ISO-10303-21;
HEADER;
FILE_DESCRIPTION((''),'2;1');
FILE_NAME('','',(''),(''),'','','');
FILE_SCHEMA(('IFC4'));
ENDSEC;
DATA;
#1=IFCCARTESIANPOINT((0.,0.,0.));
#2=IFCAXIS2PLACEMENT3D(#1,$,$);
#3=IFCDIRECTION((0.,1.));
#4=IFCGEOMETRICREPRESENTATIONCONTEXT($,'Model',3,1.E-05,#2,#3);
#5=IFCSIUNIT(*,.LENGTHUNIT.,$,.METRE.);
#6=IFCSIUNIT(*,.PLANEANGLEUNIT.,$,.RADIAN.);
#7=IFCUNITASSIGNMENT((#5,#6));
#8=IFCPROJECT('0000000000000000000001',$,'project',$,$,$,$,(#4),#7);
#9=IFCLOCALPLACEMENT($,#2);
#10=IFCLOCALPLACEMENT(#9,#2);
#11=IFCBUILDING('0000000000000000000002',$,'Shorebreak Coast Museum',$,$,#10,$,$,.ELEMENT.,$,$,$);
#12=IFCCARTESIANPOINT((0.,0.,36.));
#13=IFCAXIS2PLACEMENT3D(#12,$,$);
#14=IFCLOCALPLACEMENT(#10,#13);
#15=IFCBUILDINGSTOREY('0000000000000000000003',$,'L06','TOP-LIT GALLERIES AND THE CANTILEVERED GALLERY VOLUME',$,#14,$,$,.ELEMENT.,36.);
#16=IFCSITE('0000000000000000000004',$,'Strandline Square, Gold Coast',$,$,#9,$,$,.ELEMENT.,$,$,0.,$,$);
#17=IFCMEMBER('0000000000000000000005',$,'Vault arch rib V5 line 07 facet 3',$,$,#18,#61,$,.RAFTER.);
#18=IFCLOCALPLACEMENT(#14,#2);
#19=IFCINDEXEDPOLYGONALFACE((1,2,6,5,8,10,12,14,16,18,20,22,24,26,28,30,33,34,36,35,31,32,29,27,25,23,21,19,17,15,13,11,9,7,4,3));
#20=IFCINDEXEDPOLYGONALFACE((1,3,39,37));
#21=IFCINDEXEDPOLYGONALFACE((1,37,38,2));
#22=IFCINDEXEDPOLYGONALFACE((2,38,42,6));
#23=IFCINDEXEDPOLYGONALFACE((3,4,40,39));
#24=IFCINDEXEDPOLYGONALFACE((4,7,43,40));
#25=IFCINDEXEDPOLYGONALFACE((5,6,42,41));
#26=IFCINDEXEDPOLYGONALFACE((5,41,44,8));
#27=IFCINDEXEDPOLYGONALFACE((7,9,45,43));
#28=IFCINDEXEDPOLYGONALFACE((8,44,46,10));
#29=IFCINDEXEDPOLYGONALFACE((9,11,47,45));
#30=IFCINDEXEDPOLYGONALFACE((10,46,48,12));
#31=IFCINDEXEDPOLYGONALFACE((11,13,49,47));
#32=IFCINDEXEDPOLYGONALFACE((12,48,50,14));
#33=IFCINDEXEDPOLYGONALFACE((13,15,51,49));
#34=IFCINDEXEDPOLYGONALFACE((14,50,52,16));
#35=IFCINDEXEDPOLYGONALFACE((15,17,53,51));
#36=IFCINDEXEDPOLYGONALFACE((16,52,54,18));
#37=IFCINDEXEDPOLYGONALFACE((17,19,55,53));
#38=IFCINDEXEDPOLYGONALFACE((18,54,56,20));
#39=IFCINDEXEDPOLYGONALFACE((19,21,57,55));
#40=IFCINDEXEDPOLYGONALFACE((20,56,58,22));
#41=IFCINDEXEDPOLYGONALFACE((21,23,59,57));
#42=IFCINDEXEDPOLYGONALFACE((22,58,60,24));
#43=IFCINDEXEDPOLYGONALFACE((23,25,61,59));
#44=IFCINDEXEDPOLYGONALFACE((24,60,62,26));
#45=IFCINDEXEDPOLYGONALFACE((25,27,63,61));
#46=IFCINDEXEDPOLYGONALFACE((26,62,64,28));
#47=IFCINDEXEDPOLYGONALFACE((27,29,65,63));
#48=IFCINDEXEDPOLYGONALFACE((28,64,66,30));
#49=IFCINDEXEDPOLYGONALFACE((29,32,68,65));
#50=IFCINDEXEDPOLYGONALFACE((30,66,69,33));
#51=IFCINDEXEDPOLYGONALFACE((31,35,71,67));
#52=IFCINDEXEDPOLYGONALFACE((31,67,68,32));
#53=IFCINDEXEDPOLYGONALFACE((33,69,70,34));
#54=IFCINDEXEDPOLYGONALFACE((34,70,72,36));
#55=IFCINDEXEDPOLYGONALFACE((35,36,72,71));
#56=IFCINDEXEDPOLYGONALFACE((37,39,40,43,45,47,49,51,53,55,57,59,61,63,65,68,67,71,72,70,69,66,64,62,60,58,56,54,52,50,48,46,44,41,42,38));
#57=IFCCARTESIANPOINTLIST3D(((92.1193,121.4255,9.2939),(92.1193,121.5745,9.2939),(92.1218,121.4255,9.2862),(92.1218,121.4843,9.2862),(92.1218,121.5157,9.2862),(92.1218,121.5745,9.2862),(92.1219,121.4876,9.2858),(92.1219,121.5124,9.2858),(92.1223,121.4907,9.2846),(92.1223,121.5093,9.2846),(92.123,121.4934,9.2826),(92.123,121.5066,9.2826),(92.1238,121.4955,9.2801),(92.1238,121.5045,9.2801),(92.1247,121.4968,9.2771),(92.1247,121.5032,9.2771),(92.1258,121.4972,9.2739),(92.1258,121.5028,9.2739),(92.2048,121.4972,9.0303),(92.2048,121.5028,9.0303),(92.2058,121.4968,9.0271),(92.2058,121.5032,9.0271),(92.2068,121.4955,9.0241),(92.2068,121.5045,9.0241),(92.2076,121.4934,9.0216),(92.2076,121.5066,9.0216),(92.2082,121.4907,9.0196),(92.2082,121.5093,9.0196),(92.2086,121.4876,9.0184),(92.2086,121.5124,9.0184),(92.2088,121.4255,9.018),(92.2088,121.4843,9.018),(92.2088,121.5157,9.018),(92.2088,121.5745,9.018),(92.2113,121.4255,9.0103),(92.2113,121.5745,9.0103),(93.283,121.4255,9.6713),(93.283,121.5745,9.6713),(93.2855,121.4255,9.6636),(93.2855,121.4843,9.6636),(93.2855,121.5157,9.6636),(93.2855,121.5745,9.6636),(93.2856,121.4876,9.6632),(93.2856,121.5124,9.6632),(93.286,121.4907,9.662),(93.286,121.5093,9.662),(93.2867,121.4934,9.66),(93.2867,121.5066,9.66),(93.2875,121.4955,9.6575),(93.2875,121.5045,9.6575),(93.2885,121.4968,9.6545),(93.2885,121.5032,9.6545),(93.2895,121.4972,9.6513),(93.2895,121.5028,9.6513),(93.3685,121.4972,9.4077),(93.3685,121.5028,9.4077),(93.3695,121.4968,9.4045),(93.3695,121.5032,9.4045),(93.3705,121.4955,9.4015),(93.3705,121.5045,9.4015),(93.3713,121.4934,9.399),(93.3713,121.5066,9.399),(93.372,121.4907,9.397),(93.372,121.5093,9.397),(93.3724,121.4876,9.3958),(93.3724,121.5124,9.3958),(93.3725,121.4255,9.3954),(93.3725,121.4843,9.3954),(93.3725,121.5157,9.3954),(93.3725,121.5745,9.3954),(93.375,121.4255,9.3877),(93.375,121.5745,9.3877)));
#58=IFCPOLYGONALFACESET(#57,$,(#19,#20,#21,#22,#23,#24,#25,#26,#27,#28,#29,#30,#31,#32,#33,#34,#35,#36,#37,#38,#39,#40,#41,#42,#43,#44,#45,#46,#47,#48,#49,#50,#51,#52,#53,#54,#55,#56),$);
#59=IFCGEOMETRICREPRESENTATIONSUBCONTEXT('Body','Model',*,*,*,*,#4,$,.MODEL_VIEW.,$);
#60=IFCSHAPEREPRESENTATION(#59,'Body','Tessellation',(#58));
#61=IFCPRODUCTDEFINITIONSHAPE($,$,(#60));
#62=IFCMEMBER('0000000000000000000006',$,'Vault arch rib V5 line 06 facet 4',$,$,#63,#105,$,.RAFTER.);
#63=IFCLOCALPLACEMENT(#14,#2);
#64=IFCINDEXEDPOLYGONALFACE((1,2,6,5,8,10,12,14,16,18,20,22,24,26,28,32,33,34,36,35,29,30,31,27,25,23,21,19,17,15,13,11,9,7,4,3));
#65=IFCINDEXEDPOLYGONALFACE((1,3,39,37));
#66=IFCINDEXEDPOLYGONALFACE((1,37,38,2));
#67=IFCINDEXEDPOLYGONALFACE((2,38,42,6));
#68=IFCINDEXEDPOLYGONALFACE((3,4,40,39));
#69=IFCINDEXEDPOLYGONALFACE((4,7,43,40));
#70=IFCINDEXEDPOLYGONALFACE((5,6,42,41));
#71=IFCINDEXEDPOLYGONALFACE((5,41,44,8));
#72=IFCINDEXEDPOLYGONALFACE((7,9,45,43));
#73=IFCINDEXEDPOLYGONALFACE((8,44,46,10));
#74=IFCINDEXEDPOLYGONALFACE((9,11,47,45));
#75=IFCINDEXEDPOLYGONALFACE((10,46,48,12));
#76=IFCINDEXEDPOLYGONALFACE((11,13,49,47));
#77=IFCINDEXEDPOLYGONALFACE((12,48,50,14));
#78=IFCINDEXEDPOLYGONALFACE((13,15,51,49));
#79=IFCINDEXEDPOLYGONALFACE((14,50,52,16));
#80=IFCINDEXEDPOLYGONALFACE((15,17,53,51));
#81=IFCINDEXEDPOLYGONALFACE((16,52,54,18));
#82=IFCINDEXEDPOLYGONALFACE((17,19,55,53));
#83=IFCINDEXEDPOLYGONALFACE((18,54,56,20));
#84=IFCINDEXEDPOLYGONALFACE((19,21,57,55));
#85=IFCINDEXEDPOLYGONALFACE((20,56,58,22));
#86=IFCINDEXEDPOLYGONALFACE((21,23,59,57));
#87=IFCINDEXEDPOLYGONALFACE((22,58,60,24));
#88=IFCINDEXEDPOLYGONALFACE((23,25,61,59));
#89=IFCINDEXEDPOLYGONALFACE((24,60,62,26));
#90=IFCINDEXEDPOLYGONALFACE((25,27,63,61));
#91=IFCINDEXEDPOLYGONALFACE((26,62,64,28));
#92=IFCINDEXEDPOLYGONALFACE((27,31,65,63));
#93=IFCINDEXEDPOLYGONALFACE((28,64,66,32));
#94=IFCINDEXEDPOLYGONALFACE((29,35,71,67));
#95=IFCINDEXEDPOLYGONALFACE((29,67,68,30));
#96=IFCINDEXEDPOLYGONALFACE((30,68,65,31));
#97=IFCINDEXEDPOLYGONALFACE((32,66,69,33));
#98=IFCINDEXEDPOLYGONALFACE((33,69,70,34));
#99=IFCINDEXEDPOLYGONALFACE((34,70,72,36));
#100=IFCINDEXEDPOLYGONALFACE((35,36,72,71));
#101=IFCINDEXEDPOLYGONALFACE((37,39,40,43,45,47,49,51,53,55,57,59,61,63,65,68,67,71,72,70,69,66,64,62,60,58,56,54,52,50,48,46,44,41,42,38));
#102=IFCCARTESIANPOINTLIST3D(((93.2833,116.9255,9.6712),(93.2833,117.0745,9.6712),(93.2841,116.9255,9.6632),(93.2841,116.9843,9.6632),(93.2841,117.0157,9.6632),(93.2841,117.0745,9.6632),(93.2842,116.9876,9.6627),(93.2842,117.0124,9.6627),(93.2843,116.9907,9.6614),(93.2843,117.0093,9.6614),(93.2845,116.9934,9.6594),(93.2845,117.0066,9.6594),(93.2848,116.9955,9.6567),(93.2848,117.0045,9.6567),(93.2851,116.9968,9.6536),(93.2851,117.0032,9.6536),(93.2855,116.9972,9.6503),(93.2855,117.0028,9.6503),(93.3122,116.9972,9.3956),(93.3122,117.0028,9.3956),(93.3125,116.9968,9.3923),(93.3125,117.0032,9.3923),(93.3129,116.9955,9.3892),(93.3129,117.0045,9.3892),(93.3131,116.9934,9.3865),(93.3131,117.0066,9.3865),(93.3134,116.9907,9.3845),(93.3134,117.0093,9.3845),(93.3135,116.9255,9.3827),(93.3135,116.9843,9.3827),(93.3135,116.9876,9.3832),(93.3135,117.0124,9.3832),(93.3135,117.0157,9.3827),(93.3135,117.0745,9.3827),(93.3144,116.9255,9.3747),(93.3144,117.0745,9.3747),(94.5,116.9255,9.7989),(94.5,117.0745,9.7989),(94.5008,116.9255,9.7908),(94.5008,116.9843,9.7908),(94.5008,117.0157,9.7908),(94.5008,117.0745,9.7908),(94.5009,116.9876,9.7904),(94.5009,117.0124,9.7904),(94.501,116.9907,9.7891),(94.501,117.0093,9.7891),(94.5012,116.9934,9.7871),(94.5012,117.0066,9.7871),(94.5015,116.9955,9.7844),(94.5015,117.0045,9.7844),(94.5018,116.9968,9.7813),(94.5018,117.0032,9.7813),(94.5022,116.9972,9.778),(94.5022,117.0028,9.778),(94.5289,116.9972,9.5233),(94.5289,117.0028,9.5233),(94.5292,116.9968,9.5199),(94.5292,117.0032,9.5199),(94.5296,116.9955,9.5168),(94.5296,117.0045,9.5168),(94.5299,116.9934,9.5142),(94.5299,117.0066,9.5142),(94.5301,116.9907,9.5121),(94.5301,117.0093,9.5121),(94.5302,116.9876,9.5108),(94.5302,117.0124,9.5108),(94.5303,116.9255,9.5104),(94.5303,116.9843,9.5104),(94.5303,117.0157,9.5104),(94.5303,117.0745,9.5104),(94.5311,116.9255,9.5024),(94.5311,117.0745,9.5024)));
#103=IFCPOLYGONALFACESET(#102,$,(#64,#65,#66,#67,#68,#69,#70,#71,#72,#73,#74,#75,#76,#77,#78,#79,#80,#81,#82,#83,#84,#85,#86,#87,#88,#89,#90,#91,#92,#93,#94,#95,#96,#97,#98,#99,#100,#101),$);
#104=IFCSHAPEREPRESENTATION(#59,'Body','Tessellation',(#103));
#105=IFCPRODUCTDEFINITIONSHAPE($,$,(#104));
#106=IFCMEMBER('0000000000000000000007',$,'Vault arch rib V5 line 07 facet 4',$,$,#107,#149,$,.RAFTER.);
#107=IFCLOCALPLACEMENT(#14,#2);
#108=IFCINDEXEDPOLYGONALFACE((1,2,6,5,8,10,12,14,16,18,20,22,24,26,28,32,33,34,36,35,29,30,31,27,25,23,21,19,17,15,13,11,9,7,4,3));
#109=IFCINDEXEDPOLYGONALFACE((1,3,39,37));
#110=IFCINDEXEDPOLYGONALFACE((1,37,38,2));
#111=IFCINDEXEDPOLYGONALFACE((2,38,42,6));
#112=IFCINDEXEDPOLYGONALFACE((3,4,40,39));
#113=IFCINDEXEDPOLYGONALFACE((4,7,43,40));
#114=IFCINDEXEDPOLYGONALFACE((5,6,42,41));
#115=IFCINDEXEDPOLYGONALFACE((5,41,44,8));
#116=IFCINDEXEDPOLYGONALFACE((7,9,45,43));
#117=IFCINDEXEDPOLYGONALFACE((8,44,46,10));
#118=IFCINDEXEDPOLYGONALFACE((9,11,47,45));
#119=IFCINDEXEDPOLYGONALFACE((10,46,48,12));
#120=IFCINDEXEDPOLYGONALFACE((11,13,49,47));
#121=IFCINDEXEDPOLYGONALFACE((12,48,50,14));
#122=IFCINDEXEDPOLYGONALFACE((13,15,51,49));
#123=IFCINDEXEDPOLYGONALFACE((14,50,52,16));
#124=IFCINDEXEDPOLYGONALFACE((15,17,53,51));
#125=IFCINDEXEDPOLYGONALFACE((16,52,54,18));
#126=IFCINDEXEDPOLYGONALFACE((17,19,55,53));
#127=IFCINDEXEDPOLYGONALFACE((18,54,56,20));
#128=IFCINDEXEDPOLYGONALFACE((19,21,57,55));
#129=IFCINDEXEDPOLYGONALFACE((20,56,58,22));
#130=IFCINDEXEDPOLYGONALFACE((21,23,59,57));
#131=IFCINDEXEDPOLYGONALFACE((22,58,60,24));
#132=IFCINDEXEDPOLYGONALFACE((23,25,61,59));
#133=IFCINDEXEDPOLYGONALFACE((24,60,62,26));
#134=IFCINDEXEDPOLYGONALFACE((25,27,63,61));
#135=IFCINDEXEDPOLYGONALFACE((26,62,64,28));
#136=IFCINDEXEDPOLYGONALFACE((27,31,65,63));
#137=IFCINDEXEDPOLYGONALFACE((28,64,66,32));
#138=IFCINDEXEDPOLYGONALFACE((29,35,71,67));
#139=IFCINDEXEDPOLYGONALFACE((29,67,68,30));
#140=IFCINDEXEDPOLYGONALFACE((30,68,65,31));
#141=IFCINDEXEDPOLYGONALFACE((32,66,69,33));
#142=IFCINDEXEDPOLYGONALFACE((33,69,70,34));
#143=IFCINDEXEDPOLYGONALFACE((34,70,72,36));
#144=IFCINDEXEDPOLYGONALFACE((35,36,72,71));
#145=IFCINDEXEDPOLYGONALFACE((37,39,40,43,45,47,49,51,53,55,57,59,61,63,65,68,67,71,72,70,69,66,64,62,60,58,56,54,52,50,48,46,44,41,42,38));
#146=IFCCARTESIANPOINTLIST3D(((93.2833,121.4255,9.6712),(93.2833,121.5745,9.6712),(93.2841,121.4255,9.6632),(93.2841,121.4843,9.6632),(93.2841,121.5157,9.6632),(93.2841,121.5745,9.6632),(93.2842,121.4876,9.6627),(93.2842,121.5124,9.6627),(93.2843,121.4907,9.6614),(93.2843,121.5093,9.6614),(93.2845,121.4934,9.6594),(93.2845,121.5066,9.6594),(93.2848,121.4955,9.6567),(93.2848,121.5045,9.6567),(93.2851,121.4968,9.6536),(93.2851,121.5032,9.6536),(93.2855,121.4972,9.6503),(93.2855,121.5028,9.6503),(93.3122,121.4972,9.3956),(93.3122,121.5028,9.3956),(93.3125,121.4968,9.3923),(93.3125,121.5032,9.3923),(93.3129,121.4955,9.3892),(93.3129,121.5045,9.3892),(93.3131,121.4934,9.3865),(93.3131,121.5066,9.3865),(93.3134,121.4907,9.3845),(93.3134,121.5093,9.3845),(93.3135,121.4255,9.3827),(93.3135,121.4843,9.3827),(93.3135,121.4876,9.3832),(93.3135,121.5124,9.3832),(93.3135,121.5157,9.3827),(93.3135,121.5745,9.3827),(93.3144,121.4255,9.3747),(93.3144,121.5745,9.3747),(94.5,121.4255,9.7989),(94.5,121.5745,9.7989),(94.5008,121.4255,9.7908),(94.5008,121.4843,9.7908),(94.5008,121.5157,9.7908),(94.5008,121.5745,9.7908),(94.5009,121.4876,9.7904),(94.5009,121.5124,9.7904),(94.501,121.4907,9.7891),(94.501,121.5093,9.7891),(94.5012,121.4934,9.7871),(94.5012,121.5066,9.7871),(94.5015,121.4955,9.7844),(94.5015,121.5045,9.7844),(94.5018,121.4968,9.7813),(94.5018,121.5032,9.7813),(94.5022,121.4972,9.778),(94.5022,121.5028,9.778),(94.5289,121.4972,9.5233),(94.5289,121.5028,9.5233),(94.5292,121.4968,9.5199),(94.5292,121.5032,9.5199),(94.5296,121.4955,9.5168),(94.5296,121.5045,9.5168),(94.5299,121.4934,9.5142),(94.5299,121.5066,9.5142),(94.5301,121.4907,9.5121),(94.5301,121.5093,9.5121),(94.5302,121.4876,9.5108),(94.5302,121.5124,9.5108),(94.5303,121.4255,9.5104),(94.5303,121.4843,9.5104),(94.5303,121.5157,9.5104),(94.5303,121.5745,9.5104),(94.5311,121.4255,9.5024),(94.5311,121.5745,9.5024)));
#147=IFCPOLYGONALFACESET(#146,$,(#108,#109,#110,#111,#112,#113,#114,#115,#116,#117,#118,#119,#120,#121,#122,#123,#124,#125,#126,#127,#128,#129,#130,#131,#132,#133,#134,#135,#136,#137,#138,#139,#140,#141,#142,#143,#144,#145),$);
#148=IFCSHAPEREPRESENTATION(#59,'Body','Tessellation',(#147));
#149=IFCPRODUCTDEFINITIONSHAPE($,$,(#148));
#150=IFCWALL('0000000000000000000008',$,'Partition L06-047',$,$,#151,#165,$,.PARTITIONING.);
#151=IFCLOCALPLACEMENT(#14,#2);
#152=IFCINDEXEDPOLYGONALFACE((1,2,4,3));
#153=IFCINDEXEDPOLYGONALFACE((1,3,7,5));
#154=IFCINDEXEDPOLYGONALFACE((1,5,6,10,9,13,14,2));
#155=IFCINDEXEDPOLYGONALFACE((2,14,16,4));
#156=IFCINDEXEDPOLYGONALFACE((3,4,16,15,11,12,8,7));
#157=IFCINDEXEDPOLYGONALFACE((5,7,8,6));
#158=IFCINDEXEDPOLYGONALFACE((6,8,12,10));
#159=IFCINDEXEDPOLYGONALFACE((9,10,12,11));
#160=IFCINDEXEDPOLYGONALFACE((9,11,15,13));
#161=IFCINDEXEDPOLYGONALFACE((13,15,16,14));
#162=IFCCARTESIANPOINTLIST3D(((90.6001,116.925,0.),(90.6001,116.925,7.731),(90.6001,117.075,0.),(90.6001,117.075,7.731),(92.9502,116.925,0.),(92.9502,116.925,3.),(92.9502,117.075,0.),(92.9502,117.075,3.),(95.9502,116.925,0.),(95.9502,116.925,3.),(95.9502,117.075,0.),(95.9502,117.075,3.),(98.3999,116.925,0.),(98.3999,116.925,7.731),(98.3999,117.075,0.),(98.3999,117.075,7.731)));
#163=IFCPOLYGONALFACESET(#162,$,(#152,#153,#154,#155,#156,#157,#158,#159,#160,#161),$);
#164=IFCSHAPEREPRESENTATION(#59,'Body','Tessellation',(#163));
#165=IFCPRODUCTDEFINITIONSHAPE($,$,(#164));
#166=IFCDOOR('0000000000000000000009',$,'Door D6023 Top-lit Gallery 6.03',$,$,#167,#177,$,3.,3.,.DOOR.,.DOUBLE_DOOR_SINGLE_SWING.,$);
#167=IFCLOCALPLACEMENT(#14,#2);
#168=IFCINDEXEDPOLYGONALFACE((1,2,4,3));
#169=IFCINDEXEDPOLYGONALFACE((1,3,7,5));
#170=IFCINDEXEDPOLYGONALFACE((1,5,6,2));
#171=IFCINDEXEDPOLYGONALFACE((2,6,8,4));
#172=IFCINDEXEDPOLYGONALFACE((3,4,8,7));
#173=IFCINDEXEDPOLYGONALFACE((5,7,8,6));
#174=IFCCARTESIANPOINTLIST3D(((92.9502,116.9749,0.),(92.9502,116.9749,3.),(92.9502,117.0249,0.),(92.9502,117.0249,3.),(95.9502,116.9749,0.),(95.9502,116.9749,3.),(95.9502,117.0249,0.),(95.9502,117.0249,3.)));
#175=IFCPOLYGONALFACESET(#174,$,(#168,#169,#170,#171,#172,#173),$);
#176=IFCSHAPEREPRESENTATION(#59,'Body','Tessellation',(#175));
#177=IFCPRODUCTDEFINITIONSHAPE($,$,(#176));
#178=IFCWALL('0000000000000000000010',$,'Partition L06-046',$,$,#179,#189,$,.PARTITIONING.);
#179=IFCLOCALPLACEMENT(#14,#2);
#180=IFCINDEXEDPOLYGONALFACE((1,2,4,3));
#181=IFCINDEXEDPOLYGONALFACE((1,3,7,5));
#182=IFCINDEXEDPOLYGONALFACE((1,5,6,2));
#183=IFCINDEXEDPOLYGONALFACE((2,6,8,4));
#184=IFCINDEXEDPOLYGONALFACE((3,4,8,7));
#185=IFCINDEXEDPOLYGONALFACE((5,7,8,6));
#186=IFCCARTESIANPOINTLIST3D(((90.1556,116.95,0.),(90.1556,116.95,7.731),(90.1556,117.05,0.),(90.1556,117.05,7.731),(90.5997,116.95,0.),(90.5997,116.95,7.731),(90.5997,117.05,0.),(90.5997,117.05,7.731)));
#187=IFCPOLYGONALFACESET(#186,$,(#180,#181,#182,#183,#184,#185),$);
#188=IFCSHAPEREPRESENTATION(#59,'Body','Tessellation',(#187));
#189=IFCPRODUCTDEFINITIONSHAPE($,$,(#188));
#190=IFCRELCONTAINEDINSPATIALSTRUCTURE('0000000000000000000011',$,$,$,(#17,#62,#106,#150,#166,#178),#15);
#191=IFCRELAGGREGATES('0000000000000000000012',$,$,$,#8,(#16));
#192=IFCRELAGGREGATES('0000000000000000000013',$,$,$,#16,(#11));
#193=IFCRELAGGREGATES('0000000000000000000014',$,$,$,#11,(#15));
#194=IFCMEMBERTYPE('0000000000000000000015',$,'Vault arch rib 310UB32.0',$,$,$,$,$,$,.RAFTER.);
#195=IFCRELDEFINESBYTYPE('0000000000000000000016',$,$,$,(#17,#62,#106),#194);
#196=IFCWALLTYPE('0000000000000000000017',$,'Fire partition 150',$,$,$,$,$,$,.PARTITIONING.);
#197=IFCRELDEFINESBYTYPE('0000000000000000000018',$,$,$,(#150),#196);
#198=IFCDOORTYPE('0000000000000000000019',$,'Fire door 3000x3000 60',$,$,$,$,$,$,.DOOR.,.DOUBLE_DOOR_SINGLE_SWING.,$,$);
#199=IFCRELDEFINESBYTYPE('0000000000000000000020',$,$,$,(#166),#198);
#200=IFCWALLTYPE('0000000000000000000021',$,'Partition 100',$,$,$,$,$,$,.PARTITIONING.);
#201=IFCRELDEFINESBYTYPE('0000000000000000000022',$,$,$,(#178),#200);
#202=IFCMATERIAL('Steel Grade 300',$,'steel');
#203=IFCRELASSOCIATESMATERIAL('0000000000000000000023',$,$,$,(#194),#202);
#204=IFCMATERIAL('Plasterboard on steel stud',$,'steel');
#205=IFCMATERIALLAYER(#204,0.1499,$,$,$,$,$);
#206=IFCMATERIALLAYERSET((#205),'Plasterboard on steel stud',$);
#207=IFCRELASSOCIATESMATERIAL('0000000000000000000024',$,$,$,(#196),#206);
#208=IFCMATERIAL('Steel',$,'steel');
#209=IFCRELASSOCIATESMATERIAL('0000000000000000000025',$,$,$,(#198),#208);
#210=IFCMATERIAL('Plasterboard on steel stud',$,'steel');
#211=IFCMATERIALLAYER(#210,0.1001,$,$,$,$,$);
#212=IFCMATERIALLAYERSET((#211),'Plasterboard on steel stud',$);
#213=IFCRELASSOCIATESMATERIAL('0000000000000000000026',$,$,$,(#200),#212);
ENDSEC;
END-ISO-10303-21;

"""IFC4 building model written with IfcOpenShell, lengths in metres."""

from ifc_helpers import new_model, si_unit, direction, frame, frame_2d, origin, origin_2d, place, context, subcontext, project, spatial, rectangle, i_section, extrude, material, layer, layer_set, material_profile, profile_set, type_object, element, fill, save


model = new_model("IFC4")

# Units and contexts
model_context = context("Model", 3, precision=1e-05, world=origin(), true_north=direction((0.0, 1.0)))
body_context = subcontext(model_context, "Body", "Model", "MODEL_VIEW")
ifc_project = project(units=[si_unit("LENGTHUNIT", "METRE"), si_unit("PLANEANGLEUNIT", "RADIAN")], contexts=[model_context])

# Site, building, storey
site_placement = place(None, origin())
site = spatial("IfcSite", under=ifc_project, at=site_placement, Name="Strandline Square, Gold Coast", CompositionType="ELEMENT", RefElevation=0.0)
building_placement = place(site_placement, origin())
building = spatial("IfcBuilding", under=site, at=building_placement, Name="Shorebreak Coast Museum", CompositionType="ELEMENT")
storey_placement = place(building_placement, frame((0.0, 0.0, 36.0)))
storey = spatial("IfcBuildingStorey", under=building, at=storey_placement, Name="L06", Description="TOP-LIT GALLERIES AND THE CANTILEVERED GALLERY VOLUME", CompositionType="ELEMENT", Elevation=36.0)

# Members
ifc_material_1 = material(Name="Steel Grade 300", Category="steel")
ifc_material_profile_1 = material_profile(ifc_material_1, i_section(OverallWidth=0.1489, OverallDepth=0.2981, WebThickness=0.0056, FlangeThickness=0.0081, FilletRadius=0.0129, at=origin_2d()), Name="310UB32.0")
ifc_profile_set_1 = profile_set([ifc_material_profile_1], Name="Steel Grade 300")
member_type_1 = type_object("IfcMemberType", Name="Vault arch rib 310UB32.0", PredefinedType="RAFTER", material=ifc_profile_set_1)
for number, where, z_axis, x_axis, name in (
    (1, (92.1653, 121.5, 9.1521), (0.951226, 0.0, 0.308495), (0.0, 1.0, 0.0), "Vault arch rib V5 line 07 facet 3"),
    (2, (93.2988, 117.0, 9.5229), (0.994539, 0.0, 0.104363), (0.0, 1.0, 0.0), "Vault arch rib V5 line 06 facet 4"),
    (3, (93.2988, 121.5, 9.5229), (0.994539, 0.0, 0.104363), (0.0, 1.0, 0.0), "Vault arch rib V5 line 07 facet 4"),
):
    element("IfcMember", number, at=place(storey_placement, frame(where, z_axis=z_axis, x_axis=x_axis)), inside=storey, type_object=member_type_1, Name=name, PredefinedType="RAFTER", context=body_context, shape_type="SweptSolid", body=[
        extrude(i_section(OverallWidth=0.1489, OverallDepth=0.2981, WebThickness=0.0056, FlangeThickness=0.0081, FilletRadius=0.0129, at=origin_2d()), origin(), (0.0, 0.0, 1.0), 1.2234),
    ])

# Wall, opening, door
ifc_material_2 = material(Name="Plasterboard on steel stud", Category="steel")
ifc_layer_1 = layer(ifc_material_2, 0.1499)
ifc_layer_set_1 = layer_set([ifc_layer_1], Name="Plasterboard on steel stud")
wall_type_1 = type_object("IfcWallType", Name="Fire partition 150", PredefinedType="PARTITIONING", material=ifc_layer_set_1)
wall_1_placement = place(storey_placement, frame((90.6001, 117.0, 0.0), z_axis=(0.0, 0.0, 1.0), x_axis=(1.0, 0.0, 0.0)))
wall_1 = element("IfcWall", 4, at=wall_1_placement, inside=storey, type_object=wall_type_1, Name="Partition L06-047", PredefinedType="PARTITIONING", context=body_context, shape_type="SweptSolid", body=[
    extrude(rectangle(XDim=7.7998, YDim=0.1499, at=frame_2d((3.8999, 0.0))), origin(), (0.0, 0.0, 1.0), 7.731),
])
opening_placement = place(wall_1_placement, frame((2.3501, 0.0, 0.0)))
opening = element("IfcOpeningElement", 5, at=opening_placement, cuts=wall_1, PredefinedType="OPENING", context=body_context, shape_type="SweptSolid", body=[
    extrude(rectangle(XDim=3.0, YDim=3.0, at=frame_2d((1.5, 1.5))), frame((0.0, 0.085, 0.0), z_axis=(0.0, -1.0, 0.0), x_axis=(1.0, 0.0, 0.0)), (0.0, 0.0, 1.0), 0.1699),
])
ifc_material_3 = material(Name="Steel", Category="steel")
door_type = type_object("IfcDoorType", Name="Fire door 3000x3000 60", OperationType="DOUBLE_DOOR_SINGLE_SWING", PredefinedType="DOOR", material=ifc_material_3)
door_placement = place(opening_placement, origin())
door = element("IfcDoor", 6, at=door_placement, inside=storey, type_object=door_type, Name="Door D6023 Top-lit Gallery 6.03", OperationType="DOUBLE_DOOR_SINGLE_SWING", OverallHeight=3.0, OverallWidth=3.0, PredefinedType="DOOR", context=body_context, shape_type="SweptSolid", body=[
    extrude(rectangle(XDim=3.0, YDim=3.0, at=frame_2d((1.5, 1.5))), frame((0.0, 0.0249, 0.0), z_axis=(0.0, -1.0, 0.0), x_axis=(1.0, 0.0, 0.0)), (0.0, 0.0, 1.0), 0.05),
])
fill(opening, door)

# Wall
ifc_material_4 = material(Name="Plasterboard on steel stud", Category="steel")
ifc_layer_2 = layer(ifc_material_4, 0.1001)
ifc_layer_set_2 = layer_set([ifc_layer_2], Name="Plasterboard on steel stud")
wall_type_2 = type_object("IfcWallType", Name="Partition 100", PredefinedType="PARTITIONING", material=ifc_layer_set_2)
wall_2_placement = place(storey_placement, frame((90.1555, 117.0, 0.0), z_axis=(0.0, 0.0, 1.0), x_axis=(1.0, 0.0, 0.0)))
element("IfcWall", 7, at=wall_2_placement, inside=storey, type_object=wall_type_2, Name="Partition L06-046", PredefinedType="PARTITIONING", context=body_context, shape_type="SweptSolid", body=[
    extrude(rectangle(XDim=0.4441, YDim=0.1001, at=frame_2d((0.2222, 0.0))), origin(), (0.0, 0.0, 1.0), 7.731),
])

save(model, "model.ifc")
